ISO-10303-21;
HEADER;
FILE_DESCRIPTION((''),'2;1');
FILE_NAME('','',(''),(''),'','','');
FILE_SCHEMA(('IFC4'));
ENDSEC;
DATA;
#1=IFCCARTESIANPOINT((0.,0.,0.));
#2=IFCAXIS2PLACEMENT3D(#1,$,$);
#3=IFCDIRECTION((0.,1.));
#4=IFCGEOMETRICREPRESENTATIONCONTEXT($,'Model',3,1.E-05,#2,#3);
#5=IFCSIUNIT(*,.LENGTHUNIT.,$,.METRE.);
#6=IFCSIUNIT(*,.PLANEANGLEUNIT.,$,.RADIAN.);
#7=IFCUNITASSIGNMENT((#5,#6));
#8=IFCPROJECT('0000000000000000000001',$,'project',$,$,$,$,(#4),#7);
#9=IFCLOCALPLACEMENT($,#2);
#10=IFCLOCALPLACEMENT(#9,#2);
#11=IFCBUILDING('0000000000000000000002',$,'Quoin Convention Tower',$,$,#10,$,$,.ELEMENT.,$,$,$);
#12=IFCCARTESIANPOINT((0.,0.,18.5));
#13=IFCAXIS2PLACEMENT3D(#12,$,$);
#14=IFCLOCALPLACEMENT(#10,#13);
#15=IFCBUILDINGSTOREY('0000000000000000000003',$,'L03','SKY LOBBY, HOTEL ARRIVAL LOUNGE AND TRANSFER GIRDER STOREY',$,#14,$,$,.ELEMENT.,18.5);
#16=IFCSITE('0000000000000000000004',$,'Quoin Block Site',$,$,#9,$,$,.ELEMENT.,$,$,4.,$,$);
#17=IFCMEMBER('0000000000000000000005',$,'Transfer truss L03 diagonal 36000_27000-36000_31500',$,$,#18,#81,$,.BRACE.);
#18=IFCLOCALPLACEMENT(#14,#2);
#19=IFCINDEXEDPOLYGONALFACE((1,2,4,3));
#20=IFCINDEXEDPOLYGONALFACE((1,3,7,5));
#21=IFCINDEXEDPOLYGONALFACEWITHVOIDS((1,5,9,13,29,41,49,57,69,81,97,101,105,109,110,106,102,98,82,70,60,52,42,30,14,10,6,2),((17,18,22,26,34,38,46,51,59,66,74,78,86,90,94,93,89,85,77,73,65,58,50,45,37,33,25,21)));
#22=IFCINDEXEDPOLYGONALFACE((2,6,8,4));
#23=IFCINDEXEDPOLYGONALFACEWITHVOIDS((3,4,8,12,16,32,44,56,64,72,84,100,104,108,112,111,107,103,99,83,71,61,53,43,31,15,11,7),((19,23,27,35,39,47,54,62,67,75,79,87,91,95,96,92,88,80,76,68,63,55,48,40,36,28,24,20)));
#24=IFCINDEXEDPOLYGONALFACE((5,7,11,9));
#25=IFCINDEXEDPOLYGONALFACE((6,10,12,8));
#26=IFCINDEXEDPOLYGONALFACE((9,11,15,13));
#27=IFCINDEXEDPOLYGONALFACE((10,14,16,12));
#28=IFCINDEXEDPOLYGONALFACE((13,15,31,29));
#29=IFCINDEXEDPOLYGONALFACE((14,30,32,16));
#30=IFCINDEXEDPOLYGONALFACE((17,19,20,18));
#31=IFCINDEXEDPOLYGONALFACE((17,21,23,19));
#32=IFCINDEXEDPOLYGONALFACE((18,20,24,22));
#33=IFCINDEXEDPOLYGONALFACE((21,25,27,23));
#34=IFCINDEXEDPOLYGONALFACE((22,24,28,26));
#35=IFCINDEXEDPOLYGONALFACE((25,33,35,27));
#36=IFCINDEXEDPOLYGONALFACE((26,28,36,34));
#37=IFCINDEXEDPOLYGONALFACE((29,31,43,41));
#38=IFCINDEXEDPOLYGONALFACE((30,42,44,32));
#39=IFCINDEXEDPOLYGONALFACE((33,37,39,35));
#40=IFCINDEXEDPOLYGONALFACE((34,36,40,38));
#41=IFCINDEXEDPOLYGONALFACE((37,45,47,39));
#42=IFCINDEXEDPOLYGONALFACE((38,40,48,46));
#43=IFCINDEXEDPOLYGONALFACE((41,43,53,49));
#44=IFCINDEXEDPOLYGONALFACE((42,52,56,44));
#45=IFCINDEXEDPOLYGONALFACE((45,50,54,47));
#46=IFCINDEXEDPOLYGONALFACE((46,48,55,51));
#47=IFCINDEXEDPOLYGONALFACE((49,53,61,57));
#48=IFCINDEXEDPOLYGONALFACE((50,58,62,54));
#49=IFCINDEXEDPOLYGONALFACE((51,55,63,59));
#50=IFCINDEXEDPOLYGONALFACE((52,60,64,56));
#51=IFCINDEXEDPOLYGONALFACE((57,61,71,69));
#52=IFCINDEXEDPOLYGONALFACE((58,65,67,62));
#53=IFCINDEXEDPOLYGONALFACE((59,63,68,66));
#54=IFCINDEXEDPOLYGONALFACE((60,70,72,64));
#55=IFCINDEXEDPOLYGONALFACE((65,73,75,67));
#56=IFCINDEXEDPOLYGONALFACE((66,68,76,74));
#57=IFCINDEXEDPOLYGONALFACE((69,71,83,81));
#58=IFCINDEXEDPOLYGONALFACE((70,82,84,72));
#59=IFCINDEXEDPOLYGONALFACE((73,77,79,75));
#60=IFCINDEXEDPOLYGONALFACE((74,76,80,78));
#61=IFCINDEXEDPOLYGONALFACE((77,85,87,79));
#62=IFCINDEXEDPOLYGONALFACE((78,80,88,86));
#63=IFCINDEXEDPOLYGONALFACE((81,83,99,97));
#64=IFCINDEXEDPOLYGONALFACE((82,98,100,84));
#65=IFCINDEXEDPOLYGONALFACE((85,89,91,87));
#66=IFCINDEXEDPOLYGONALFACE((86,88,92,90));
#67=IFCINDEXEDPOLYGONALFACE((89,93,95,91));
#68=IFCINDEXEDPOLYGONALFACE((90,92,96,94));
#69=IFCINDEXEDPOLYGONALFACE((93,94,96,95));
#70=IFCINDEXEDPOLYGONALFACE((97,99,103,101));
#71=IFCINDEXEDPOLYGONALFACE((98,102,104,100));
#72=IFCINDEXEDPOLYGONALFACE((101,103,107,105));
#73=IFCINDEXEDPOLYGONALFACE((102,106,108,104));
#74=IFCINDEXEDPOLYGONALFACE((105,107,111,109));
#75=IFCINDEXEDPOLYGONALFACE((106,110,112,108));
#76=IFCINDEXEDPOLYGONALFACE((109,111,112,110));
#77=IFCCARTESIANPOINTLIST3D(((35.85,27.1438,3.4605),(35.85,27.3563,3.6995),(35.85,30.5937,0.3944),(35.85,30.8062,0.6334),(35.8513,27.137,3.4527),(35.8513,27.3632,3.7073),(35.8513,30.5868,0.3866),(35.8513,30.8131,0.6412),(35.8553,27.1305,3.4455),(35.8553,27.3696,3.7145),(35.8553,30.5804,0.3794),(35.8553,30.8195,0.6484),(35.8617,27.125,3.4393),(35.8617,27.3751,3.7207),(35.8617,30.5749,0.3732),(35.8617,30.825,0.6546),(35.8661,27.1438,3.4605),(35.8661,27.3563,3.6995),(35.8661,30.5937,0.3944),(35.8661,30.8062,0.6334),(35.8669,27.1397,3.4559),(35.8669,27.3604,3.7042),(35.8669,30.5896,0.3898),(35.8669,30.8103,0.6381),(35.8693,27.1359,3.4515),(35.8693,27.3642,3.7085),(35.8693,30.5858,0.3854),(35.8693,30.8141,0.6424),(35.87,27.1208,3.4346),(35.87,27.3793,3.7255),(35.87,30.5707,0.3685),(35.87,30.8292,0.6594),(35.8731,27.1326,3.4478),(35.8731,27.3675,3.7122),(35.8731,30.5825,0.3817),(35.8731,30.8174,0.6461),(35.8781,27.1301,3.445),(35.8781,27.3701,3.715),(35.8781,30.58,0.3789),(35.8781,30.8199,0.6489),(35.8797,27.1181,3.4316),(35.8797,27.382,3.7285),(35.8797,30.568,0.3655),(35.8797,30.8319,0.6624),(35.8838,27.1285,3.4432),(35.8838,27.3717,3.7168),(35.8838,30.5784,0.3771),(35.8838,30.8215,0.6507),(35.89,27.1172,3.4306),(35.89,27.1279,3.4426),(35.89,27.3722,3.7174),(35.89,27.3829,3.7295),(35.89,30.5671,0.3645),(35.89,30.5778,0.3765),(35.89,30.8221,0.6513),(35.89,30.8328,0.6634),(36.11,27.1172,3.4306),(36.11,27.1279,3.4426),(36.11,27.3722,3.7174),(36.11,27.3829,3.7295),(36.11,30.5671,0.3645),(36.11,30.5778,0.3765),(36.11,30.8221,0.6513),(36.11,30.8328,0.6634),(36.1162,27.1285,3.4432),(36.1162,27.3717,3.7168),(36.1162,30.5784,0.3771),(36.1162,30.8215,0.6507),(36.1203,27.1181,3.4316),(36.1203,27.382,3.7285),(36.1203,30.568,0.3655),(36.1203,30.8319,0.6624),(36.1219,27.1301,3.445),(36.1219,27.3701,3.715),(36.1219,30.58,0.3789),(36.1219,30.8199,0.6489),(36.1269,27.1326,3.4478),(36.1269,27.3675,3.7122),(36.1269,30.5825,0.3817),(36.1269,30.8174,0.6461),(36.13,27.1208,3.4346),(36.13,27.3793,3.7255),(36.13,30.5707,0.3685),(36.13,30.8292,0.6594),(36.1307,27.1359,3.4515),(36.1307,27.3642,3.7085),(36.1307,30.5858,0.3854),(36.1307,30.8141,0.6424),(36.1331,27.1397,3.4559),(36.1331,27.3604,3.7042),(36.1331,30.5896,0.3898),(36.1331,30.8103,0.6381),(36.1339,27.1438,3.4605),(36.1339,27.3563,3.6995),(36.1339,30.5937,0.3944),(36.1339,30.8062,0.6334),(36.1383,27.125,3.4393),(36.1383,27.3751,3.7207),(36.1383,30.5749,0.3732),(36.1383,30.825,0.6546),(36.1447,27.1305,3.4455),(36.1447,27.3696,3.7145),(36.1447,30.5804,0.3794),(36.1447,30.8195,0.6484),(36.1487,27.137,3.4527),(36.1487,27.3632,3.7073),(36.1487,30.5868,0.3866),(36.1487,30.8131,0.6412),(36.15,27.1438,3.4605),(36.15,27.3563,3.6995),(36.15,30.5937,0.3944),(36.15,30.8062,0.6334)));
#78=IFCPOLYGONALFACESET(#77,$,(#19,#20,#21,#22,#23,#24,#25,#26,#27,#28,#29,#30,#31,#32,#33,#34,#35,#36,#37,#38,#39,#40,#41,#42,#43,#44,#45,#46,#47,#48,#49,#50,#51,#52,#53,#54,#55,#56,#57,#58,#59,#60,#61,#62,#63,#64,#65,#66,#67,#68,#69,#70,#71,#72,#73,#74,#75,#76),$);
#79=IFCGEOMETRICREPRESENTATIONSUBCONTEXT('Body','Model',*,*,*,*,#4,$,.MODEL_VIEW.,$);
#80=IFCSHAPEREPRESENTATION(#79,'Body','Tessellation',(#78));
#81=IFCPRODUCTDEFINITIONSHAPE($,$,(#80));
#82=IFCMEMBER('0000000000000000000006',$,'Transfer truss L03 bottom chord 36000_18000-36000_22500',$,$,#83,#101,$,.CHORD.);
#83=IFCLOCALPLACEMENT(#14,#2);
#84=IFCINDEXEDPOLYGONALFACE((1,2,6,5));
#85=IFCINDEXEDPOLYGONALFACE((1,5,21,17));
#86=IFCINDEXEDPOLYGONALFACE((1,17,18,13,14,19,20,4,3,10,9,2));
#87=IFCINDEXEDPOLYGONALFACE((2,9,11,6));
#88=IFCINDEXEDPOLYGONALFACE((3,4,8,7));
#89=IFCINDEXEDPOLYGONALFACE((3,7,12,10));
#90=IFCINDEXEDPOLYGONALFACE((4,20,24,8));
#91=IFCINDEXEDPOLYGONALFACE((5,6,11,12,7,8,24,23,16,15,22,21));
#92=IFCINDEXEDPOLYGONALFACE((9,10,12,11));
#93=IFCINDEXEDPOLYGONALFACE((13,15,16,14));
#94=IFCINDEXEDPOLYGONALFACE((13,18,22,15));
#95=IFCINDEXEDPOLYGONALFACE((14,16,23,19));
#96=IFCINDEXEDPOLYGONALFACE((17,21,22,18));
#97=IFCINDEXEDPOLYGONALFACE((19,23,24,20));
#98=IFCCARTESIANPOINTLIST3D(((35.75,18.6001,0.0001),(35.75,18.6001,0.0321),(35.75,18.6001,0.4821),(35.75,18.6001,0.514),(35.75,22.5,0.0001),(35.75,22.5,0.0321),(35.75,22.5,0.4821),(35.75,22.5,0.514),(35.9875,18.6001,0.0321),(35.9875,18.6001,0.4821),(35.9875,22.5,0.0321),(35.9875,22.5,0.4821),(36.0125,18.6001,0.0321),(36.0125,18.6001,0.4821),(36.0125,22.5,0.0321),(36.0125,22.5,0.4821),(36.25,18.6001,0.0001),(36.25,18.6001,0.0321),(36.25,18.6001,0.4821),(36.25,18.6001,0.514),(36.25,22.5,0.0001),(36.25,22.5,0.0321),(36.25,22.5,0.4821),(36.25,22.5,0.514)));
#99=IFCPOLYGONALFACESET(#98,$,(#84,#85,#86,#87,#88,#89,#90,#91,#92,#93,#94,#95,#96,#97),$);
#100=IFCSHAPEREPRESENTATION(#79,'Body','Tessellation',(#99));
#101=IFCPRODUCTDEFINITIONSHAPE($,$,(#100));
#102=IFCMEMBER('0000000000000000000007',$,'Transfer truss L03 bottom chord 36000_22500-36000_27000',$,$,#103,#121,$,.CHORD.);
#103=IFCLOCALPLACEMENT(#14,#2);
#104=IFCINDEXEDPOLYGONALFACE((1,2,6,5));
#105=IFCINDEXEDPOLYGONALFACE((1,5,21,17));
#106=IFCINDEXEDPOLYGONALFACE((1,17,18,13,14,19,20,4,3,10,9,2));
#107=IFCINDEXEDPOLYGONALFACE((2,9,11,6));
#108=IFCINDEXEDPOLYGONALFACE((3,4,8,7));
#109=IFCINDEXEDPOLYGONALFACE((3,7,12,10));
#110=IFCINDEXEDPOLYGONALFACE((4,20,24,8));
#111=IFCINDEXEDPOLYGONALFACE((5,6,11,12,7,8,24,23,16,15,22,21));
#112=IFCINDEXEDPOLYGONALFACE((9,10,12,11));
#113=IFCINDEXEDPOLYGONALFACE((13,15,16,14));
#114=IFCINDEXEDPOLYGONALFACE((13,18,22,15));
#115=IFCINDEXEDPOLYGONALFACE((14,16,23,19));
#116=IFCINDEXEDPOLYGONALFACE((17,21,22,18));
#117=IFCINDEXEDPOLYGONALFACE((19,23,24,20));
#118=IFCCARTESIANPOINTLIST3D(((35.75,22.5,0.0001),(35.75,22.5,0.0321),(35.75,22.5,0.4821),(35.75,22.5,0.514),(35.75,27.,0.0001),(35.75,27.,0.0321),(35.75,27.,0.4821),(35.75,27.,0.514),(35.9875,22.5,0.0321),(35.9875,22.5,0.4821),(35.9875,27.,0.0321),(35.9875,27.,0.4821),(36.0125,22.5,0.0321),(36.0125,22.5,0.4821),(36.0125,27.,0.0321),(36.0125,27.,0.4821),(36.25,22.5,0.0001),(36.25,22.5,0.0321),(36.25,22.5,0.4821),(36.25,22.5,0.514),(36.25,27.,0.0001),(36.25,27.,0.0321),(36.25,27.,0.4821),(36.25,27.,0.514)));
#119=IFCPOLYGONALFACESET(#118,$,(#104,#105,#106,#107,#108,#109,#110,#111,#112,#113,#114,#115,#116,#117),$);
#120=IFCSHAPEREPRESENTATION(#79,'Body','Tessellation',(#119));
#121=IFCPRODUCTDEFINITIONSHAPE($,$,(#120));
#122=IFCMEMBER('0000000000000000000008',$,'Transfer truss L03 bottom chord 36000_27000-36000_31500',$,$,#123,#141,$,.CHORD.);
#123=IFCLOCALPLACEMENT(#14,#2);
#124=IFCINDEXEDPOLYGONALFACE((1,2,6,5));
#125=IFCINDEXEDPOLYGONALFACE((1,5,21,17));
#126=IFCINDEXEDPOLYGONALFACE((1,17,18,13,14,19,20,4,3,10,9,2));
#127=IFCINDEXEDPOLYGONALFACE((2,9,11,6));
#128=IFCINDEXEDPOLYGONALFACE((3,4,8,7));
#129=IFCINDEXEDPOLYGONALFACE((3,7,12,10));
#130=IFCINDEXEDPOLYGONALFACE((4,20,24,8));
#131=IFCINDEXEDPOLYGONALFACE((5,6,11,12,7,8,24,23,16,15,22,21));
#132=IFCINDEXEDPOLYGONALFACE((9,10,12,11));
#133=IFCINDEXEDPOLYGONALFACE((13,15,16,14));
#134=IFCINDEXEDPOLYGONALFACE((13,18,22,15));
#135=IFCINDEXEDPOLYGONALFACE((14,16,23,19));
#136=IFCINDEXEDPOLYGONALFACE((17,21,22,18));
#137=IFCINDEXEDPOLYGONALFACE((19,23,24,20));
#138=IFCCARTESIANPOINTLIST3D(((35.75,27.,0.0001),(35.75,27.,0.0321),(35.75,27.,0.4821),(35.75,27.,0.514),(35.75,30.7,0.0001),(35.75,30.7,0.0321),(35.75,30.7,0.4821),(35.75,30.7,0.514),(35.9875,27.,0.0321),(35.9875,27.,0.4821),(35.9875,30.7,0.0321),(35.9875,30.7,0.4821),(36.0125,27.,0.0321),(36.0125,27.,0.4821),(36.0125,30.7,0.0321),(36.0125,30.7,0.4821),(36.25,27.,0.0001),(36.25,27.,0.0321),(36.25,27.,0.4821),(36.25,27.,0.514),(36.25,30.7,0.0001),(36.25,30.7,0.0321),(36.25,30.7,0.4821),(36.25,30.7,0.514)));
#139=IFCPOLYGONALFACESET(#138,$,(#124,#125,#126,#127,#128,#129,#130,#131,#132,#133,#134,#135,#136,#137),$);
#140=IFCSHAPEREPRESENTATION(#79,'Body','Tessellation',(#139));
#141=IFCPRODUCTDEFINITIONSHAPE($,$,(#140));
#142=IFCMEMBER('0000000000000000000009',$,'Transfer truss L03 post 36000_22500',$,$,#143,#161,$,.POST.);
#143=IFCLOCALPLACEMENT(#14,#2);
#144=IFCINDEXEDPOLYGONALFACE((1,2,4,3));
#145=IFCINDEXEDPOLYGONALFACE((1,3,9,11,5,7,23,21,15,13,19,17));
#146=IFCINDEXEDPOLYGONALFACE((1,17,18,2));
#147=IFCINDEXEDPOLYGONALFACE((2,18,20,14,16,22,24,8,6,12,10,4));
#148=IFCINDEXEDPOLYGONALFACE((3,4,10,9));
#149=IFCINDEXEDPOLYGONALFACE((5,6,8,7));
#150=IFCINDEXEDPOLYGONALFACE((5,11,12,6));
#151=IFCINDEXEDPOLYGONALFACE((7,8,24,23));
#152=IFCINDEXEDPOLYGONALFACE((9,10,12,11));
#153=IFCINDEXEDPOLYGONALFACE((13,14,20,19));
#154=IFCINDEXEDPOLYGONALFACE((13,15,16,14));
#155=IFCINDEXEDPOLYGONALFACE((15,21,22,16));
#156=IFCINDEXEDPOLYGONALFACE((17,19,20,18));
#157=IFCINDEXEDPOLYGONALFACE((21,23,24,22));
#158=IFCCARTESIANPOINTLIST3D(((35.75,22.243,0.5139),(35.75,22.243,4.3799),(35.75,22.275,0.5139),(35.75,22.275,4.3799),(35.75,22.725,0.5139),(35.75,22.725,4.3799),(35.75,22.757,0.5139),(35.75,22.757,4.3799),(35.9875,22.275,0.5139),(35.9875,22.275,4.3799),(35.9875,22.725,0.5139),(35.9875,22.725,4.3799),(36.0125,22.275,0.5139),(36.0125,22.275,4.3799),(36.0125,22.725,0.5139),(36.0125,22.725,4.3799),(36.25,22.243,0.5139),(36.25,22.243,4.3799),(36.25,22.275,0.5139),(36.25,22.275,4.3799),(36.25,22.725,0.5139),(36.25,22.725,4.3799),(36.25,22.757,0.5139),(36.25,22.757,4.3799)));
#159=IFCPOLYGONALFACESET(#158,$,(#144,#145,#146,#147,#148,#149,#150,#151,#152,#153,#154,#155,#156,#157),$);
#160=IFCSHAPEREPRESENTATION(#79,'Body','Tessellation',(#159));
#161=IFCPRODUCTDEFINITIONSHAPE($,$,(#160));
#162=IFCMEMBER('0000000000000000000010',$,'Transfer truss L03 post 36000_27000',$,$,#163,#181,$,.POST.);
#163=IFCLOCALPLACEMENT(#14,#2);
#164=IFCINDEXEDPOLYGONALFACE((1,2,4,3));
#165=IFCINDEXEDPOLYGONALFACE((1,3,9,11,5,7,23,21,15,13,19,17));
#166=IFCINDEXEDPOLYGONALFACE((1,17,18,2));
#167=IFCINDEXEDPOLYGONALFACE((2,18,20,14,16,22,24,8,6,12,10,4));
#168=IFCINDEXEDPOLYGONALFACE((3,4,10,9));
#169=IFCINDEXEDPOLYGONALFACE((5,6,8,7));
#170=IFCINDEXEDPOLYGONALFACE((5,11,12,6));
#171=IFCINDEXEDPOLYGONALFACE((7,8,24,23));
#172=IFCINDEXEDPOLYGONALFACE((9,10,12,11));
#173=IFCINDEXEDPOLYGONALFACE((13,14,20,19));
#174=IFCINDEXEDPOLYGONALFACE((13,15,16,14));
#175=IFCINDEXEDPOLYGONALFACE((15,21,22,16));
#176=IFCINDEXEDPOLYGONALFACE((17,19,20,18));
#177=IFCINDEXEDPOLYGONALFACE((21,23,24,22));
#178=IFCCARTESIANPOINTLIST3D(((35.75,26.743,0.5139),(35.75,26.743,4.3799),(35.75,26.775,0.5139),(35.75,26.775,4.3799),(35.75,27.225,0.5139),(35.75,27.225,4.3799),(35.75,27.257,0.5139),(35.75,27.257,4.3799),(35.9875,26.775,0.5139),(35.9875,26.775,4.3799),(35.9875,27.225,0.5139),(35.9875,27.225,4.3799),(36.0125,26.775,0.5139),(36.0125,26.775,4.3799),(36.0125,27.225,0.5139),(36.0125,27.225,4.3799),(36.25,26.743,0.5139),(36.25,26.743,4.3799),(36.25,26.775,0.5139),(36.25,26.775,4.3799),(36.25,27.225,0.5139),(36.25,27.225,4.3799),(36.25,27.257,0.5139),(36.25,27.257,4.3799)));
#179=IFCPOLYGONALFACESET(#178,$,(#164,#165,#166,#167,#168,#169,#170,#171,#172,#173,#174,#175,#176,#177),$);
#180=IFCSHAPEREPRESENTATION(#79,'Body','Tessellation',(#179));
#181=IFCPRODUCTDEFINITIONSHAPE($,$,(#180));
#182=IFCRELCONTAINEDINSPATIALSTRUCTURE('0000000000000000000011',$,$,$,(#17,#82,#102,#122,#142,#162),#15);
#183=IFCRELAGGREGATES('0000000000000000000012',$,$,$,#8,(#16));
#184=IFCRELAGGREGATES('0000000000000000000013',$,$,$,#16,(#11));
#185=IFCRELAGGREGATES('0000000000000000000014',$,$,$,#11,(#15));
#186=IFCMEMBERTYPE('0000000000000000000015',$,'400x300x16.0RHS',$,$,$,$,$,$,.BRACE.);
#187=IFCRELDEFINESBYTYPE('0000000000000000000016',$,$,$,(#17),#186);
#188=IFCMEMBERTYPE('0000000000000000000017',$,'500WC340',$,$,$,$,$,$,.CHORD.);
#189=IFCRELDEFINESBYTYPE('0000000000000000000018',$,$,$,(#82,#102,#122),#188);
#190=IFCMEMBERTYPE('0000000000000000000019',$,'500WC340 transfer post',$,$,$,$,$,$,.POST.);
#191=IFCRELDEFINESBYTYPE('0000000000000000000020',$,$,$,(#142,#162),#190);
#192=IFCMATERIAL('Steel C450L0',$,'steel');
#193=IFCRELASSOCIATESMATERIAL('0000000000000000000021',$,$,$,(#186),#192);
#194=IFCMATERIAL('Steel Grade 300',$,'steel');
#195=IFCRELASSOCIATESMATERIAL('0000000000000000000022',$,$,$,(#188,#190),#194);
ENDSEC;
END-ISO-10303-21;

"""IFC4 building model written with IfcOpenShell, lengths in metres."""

from ifc_helpers import new_model, si_unit, direction, frame, origin, origin_2d, place, context, subcontext, project, spatial, hollow_rectangle, i_section, extrude, material, material_profile, profile_set, type_object, element, save


model = new_model("IFC4")

# Units and contexts
model_context = context("Model", 3, precision=1e-05, world=origin(), true_north=direction((0.0, 1.0)))
body_context = subcontext(model_context, "Body", "Model", "MODEL_VIEW")
ifc_project = project(units=[si_unit("LENGTHUNIT", "METRE"), si_unit("PLANEANGLEUNIT", "RADIAN")], contexts=[model_context])

# Site, building, storey
site_placement = place(None, origin())
site = spatial("IfcSite", under=ifc_project, at=site_placement, Name="Quoin Block Site", CompositionType="ELEMENT", RefElevation=4.0)
building_placement = place(site_placement, origin())
building = spatial("IfcBuilding", under=site, at=building_placement, Name="Quoin Convention Tower", CompositionType="ELEMENT")
storey_placement = place(building_placement, frame((0.0, 0.0, 18.5)))
storey = spatial("IfcBuildingStorey", under=building, at=storey_placement, Name="L03", Description="SKY LOBBY, HOTEL ARRIVAL LOUNGE AND TRANSFER GIRDER STOREY", CompositionType="ELEMENT", Elevation=18.5)

# Members
ifc_material_1 = material(Name="Steel Grade 300", Category="steel")
ifc_material_2 = material(Name="Steel C450L0", Category="steel")
ifc_material_profile_1 = material_profile(ifc_material_2, hollow_rectangle(XDim=0.3, YDim=0.3999, WallThickness=0.0161, InnerFilletRadius=0.0239, OuterFilletRadius=0.04, at=origin_2d()), Name="400x300x16.0RHS")
ifc_profile_set_1 = profile_set([ifc_material_profile_1], Name="Steel C450L0")
member_type_1 = type_object("IfcMemberType", Name="400x300x16.0RHS", PredefinedType="BRACE", material=ifc_profile_set_1)
member_1_placement = place(storey_placement, frame((36.0, 30.7, 0.5139), z_axis=(0.0, -0.747459, 0.664308), x_axis=(1.0, 0.0, 0.0)))
element("IfcMember", 1, at=member_1_placement, inside=storey, type_object=member_type_1, Name="Transfer truss L03 diagonal 36000_27000-36000_31500", PredefinedType="BRACE", context=body_context, shape_type="SweptSolid", body=[
    extrude(hollow_rectangle(XDim=0.3, YDim=0.3999, WallThickness=0.0161, InnerFilletRadius=0.0239, OuterFilletRadius=0.04, at=origin_2d()), origin(), (0.0, 0.0, 1.0), 4.6155),
])
ifc_material_profile_2 = material_profile(ifc_material_1, i_section(OverallWidth=0.5, OverallDepth=0.5139, WebThickness=0.0249, FlangeThickness=0.032, at=origin_2d()), Name="500WC340")
ifc_profile_set_2 = profile_set([ifc_material_profile_2], Name="Steel Grade 300")
member_type_2 = type_object("IfcMemberType", Name="500WC340", PredefinedType="CHORD", material=ifc_profile_set_2)
member_2_placement = place(storey_placement, frame((36.0, 18.6001, 0.2571), z_axis=(0.0, 1.0, 0.0), x_axis=(-1.0, 0.0, 0.0)))
element("IfcMember", 2, at=member_2_placement, inside=storey, type_object=member_type_2, Name="Transfer truss L03 bottom chord 36000_18000-36000_22500", PredefinedType="CHORD", context=body_context, shape_type="SweptSolid", body=[
    extrude(i_section(OverallWidth=0.5, OverallDepth=0.5139, WebThickness=0.0249, FlangeThickness=0.032, at=origin_2d()), origin(), (0.0, 0.0, 1.0), 3.8999),
])
member_3_placement = place(storey_placement, frame((36.0, 22.5, 0.2571), z_axis=(0.0, 1.0, 0.0), x_axis=(-1.0, 0.0, 0.0)))
element("IfcMember", 3, at=member_3_placement, inside=storey, type_object=member_type_2, Name="Transfer truss L03 bottom chord 36000_22500-36000_27000", PredefinedType="CHORD", context=body_context, shape_type="SweptSolid", body=[
    extrude(i_section(OverallWidth=0.5, OverallDepth=0.5139, WebThickness=0.0249, FlangeThickness=0.032, at=origin_2d()), origin(), (0.0, 0.0, 1.0), 4.5),
])
member_4_placement = place(storey_placement, frame((36.0, 27.0, 0.2571), z_axis=(0.0, 1.0, 0.0), x_axis=(-1.0, 0.0, 0.0)))
element("IfcMember", 4, at=member_4_placement, inside=storey, type_object=member_type_2, Name="Transfer truss L03 bottom chord 36000_27000-36000_31500", PredefinedType="CHORD", context=body_context, shape_type="SweptSolid", body=[
    extrude(i_section(OverallWidth=0.5, OverallDepth=0.5139, WebThickness=0.0249, FlangeThickness=0.032, at=origin_2d()), origin(), (0.0, 0.0, 1.0), 3.7),
])
ifc_material_profile_3 = material_profile(ifc_material_1, i_section(OverallWidth=0.5, OverallDepth=0.5139, WebThickness=0.0249, FlangeThickness=0.032, at=origin_2d()), Name="500WC340")
ifc_profile_set_3 = profile_set([ifc_material_profile_3], Name="Steel Grade 300")
member_type_3 = type_object("IfcMemberType", Name="500WC340 transfer post", PredefinedType="POST", material=ifc_profile_set_3)
for number, where, z_axis, x_axis, name in (
    (5, (36.0, 22.5, 0.5139), (0.0, 0.0, 1.0), (1.0, 0.0, 0.0), "Transfer truss L03 post 36000_22500"),
    (6, (36.0, 27.0, 0.5139), (0.0, 0.0, 1.0), (1.0, 0.0, 0.0), "Transfer truss L03 post 36000_27000"),
):
    element("IfcMember", number, at=place(storey_placement, frame(where, z_axis=z_axis, x_axis=x_axis)), inside=storey, type_object=member_type_3, Name=name, PredefinedType="POST", context=body_context, shape_type="SweptSolid", body=[
        extrude(i_section(OverallWidth=0.5, OverallDepth=0.5139, WebThickness=0.0249, FlangeThickness=0.032, at=origin_2d()), origin(), (0.0, 0.0, 1.0), 3.866),
    ])

save(model, "model.ifc")
